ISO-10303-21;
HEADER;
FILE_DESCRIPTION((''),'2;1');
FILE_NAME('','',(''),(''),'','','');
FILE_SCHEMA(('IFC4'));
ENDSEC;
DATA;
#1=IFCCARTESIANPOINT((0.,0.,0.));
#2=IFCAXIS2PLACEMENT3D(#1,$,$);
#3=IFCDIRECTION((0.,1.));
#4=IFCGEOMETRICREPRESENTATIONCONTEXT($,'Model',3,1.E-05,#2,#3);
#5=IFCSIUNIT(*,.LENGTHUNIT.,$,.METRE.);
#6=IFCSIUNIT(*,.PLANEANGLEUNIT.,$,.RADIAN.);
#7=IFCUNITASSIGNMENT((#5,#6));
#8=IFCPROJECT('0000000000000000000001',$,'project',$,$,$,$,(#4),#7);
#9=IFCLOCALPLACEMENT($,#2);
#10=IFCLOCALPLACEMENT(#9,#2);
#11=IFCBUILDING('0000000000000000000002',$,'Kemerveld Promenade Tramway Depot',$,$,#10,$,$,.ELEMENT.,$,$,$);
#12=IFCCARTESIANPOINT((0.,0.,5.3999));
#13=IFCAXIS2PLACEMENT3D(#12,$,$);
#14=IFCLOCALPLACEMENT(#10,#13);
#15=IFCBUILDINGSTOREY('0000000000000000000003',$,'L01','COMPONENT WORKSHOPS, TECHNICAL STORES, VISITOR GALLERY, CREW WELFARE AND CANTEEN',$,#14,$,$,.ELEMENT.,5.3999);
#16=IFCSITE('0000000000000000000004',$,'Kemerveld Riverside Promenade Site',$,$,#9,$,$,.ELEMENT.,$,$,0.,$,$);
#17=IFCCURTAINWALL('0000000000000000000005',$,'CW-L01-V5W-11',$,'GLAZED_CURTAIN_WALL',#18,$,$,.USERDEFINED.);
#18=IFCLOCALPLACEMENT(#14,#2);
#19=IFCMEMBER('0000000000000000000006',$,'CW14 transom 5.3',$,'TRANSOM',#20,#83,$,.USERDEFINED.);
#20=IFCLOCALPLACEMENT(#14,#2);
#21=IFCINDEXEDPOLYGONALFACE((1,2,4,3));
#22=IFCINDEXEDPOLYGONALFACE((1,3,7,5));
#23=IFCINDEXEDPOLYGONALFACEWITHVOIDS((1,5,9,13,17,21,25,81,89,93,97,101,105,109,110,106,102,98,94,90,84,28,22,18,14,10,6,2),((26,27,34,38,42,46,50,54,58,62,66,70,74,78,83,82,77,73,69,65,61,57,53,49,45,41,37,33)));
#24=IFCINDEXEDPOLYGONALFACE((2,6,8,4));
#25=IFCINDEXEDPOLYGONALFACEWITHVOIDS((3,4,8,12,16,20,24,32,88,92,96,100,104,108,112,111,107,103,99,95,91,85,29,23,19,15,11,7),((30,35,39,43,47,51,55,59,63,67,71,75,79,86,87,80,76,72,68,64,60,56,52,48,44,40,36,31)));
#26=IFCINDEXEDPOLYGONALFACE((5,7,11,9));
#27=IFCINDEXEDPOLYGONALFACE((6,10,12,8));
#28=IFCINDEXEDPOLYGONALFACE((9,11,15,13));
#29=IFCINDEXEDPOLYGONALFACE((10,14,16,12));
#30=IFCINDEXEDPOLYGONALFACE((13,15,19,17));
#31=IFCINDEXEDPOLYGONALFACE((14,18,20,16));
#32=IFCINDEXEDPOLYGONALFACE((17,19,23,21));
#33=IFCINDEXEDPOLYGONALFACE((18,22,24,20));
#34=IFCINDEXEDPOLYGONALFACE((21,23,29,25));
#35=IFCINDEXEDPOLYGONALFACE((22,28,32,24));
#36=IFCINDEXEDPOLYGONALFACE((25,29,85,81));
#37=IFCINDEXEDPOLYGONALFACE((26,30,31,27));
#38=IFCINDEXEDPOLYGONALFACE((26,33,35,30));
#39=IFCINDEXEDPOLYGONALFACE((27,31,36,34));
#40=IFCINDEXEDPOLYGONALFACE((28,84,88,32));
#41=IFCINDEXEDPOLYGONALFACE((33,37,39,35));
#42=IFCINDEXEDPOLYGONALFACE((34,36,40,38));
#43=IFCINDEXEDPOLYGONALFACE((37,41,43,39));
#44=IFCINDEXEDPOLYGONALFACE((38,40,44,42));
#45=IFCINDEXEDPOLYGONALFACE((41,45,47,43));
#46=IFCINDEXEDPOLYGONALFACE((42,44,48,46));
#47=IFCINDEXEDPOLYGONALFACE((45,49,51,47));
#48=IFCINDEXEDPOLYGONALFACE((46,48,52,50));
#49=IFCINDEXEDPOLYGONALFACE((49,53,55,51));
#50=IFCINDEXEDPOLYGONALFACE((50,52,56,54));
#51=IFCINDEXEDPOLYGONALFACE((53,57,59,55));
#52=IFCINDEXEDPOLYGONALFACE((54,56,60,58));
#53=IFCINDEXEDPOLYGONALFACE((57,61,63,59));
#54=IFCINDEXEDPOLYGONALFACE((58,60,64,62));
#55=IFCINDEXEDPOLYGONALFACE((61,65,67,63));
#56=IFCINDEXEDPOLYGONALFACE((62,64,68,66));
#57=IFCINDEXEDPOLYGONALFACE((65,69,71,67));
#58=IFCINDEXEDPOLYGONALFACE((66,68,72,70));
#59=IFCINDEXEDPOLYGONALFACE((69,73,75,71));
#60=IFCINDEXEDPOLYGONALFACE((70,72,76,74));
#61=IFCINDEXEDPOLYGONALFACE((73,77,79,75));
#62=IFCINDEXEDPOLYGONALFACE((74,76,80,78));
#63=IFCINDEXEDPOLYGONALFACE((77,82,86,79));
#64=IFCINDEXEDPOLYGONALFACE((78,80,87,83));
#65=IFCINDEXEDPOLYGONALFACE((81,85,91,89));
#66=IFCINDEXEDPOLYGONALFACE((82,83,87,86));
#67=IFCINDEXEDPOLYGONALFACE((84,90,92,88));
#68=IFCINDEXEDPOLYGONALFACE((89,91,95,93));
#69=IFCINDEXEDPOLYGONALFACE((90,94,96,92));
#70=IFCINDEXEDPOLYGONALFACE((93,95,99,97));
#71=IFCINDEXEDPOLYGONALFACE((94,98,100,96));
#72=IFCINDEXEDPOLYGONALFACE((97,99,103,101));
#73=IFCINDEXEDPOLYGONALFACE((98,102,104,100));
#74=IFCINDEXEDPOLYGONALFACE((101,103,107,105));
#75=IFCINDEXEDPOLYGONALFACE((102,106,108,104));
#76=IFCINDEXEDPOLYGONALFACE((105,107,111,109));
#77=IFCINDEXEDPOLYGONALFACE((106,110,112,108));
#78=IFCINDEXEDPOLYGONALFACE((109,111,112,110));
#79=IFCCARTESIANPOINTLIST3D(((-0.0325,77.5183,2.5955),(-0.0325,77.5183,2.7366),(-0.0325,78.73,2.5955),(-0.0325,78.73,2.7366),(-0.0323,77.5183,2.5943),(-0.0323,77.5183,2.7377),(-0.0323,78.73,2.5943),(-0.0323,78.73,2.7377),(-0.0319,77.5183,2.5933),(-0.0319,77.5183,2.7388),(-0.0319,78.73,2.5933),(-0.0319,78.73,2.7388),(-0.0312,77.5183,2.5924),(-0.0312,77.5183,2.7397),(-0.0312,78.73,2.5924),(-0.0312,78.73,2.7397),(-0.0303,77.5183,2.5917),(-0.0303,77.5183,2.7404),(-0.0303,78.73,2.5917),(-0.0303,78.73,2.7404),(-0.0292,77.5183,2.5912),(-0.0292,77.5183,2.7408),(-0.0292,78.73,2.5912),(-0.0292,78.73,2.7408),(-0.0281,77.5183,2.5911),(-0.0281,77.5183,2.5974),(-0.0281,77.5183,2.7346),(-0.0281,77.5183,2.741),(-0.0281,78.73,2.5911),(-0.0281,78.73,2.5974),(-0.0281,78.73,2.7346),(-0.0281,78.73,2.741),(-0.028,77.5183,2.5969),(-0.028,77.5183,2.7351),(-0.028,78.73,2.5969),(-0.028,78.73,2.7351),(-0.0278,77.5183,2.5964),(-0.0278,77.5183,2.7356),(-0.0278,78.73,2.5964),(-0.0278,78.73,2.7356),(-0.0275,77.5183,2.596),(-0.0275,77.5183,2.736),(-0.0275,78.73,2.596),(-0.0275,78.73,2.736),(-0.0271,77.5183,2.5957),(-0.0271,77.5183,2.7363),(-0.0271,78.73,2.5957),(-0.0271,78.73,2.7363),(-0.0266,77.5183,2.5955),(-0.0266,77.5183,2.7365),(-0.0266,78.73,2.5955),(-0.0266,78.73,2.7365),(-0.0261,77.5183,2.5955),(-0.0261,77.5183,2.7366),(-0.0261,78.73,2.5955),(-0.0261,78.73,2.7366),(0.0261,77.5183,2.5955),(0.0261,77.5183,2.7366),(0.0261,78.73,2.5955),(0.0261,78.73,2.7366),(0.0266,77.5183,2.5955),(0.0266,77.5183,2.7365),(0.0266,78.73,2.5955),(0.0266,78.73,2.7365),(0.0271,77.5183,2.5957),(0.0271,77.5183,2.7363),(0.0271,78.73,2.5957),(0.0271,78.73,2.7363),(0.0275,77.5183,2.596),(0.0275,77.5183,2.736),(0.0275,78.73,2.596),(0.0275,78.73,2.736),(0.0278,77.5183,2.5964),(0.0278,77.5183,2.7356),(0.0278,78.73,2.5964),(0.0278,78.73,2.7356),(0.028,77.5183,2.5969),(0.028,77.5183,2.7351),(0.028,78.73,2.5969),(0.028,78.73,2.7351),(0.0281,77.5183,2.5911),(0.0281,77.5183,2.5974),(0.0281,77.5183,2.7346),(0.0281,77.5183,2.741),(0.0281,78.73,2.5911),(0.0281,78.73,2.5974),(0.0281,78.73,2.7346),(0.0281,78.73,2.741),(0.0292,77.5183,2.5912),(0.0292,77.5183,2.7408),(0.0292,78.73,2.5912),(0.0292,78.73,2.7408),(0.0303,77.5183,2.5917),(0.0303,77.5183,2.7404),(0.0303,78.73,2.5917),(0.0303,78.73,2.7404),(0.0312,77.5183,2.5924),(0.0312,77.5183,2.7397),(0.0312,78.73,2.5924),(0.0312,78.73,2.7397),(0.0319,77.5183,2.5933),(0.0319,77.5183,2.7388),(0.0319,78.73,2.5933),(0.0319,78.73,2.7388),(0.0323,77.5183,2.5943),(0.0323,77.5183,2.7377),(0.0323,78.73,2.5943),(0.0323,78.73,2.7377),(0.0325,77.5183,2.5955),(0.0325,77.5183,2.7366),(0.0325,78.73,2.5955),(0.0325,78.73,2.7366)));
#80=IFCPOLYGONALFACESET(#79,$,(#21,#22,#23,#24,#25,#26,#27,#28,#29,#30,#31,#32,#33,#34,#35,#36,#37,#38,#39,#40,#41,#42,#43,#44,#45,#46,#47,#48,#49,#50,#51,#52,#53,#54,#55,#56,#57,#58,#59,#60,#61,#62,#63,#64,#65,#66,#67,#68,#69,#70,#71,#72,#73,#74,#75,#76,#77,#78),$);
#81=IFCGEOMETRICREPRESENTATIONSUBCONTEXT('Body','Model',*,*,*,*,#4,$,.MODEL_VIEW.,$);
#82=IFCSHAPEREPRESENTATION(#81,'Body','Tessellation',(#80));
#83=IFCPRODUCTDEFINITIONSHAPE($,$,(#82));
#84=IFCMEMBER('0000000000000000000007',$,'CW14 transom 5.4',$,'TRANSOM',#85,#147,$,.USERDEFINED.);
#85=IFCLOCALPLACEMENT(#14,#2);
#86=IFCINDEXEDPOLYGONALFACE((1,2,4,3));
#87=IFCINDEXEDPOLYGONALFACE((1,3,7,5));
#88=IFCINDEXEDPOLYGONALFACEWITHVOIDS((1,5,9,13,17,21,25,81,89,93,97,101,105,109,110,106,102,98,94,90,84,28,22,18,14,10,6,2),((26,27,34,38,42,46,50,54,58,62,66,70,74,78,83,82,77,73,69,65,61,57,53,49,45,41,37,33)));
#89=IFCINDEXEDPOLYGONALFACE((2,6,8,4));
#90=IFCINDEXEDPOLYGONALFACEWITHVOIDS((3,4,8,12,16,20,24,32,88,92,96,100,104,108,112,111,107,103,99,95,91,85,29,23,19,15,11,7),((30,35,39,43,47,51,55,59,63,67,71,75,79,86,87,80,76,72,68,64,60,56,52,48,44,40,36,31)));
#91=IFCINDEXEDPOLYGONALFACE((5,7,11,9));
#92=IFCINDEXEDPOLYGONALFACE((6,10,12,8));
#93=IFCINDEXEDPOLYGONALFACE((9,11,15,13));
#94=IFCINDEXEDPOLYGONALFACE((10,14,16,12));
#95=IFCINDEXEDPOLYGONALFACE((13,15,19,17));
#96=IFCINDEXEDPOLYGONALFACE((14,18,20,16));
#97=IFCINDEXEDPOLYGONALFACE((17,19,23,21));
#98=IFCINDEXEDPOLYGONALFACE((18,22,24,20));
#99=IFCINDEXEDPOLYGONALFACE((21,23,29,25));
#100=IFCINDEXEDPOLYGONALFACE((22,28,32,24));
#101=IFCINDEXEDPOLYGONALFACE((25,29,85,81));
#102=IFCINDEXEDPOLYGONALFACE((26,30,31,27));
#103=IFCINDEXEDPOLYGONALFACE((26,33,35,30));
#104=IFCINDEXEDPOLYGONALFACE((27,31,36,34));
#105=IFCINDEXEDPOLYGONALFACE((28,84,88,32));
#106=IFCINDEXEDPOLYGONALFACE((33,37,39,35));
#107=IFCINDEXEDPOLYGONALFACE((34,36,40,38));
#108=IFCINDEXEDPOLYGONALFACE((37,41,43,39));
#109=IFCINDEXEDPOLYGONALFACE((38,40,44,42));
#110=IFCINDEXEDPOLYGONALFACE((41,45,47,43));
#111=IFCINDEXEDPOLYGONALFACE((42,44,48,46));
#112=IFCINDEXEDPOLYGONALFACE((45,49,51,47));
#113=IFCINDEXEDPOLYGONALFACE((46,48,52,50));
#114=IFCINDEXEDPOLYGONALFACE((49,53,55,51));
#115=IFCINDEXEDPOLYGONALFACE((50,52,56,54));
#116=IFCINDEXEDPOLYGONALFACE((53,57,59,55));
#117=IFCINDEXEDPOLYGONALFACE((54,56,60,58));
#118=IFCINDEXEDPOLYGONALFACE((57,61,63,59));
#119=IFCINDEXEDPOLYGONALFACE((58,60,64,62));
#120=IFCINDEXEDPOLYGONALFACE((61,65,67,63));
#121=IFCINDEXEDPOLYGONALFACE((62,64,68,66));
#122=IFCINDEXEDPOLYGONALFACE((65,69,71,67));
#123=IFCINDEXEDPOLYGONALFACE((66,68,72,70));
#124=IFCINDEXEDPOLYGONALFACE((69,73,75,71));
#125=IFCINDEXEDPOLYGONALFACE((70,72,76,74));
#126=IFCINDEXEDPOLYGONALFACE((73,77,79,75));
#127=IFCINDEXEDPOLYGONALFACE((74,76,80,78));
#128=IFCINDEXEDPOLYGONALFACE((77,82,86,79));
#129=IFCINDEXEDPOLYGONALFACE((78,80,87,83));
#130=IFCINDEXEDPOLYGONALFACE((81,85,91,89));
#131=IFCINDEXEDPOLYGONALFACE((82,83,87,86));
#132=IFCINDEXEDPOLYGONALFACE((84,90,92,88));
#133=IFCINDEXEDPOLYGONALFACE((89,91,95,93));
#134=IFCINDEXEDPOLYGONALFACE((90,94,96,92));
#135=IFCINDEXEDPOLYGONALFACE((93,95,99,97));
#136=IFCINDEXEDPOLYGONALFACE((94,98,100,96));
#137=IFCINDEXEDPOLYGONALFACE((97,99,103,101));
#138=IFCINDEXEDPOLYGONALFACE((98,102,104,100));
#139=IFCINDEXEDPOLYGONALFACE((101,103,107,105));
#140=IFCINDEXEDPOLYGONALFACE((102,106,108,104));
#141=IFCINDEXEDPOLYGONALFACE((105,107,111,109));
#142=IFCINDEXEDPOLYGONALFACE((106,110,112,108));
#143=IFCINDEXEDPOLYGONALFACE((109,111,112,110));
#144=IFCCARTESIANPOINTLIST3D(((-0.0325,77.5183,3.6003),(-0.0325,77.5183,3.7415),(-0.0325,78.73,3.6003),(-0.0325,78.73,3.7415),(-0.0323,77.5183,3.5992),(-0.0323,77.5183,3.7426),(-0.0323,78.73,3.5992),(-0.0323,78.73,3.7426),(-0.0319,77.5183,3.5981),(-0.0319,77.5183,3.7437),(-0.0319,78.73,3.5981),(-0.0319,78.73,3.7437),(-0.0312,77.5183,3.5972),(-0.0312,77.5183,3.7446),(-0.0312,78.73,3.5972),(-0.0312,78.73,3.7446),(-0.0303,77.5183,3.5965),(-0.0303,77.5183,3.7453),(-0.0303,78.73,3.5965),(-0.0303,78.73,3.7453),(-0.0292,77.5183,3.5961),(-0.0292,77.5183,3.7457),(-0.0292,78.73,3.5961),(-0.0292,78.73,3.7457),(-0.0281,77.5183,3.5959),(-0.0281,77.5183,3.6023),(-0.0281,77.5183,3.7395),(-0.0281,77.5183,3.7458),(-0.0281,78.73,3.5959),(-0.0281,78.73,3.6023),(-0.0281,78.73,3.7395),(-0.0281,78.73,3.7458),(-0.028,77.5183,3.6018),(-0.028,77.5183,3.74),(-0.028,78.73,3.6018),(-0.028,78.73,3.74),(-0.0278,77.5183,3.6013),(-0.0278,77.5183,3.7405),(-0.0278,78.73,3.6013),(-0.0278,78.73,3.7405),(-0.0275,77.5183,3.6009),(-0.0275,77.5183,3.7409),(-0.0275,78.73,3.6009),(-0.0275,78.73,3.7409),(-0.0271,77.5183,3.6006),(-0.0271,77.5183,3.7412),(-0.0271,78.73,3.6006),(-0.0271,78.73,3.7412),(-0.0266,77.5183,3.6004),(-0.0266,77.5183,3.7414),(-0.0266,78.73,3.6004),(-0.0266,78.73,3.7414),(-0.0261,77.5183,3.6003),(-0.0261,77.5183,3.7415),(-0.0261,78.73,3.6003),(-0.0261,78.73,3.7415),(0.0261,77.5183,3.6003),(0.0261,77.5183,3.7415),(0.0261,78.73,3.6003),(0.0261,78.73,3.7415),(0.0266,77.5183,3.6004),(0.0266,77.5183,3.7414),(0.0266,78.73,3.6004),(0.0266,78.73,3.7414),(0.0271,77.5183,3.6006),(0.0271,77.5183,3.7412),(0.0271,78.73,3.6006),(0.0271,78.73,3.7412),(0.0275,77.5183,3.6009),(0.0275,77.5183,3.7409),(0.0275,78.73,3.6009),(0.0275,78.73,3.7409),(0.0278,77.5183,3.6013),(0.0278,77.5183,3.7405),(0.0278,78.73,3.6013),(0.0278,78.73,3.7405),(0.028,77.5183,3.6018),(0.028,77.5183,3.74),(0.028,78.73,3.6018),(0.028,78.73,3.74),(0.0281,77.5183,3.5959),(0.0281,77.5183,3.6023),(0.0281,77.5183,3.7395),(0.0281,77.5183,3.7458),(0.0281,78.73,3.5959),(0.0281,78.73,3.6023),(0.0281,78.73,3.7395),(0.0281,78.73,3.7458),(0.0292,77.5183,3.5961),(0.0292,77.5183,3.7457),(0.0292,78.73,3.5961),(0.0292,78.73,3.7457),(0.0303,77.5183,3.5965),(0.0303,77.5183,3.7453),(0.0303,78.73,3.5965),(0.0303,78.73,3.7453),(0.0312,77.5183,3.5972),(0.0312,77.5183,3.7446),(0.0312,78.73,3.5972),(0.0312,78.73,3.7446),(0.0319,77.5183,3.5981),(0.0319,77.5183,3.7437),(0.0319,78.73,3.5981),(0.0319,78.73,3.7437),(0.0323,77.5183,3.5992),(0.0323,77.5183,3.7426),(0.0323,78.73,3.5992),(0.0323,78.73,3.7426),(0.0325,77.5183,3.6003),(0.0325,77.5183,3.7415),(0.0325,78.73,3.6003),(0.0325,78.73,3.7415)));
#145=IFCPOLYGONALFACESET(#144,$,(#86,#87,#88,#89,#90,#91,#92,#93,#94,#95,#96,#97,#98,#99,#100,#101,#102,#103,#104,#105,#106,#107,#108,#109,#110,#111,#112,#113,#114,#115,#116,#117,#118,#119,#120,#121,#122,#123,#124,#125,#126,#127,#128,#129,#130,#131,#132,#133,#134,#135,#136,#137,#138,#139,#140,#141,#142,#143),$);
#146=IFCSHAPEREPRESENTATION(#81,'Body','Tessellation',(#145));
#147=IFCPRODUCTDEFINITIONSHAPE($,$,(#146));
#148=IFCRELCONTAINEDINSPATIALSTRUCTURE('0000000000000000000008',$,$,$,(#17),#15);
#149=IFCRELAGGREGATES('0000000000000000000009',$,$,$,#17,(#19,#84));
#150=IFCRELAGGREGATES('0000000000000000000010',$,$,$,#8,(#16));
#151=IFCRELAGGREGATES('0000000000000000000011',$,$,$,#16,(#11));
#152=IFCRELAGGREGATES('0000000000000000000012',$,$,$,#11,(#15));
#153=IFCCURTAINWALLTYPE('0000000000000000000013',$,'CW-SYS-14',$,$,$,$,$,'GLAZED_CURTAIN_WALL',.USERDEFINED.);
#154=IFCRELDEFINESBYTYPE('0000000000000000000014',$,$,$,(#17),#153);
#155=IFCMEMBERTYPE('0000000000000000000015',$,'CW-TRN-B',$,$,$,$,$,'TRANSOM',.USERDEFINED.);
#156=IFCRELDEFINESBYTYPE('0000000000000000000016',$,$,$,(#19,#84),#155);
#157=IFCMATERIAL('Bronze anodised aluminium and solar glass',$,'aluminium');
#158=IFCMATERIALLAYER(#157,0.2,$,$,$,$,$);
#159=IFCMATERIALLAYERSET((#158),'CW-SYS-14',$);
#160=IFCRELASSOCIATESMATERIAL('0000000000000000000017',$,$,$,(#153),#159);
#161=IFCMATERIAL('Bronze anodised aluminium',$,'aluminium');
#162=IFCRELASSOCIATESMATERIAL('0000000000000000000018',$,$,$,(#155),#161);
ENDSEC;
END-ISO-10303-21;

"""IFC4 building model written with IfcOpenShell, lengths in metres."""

from ifc_helpers import new_model, si_unit, direction, frame, origin, origin_2d, place, context, subcontext, project, spatial, hollow_rectangle, extrude, material, layer, layer_set, material_profile, profile_set, type_object, element, aggregate, save


model = new_model("IFC4")

# Units and contexts
model_context = context("Model", 3, precision=1e-05, world=origin(), true_north=direction((0.0, 1.0)))
body_context = subcontext(model_context, "Body", "Model", "MODEL_VIEW")
ifc_project = project(units=[si_unit("LENGTHUNIT", "METRE"), si_unit("PLANEANGLEUNIT", "RADIAN")], contexts=[model_context])

# Site, building, storey
site_placement = place(None, origin())
site = spatial("IfcSite", under=ifc_project, at=site_placement, Name="Kemerveld Riverside Promenade Site", CompositionType="ELEMENT", RefElevation=0.0)
building_placement = place(site_placement, origin())
building = spatial("IfcBuilding", under=site, at=building_placement, Name="Kemerveld Promenade Tramway Depot", CompositionType="ELEMENT")
storey_placement = place(building_placement, frame((0.0, 0.0, 5.3999)))
storey = spatial("IfcBuildingStorey", under=building, at=storey_placement, Name="L01", Description="COMPONENT WORKSHOPS, TECHNICAL STORES, VISITOR GALLERY, CREW WELFARE AND CANTEEN", CompositionType="ELEMENT", Elevation=5.3999)

# Curtain wall
ifc_material_1 = material(Name="Bronze anodised aluminium and solar glass", Category="aluminium")
ifc_layer_1 = layer(ifc_material_1, 0.2)
ifc_layer_set_1 = layer_set([ifc_layer_1], Name="CW-SYS-14")
curtain_wall_type_1 = type_object("IfcCurtainWallType", Name="CW-SYS-14", ElementType="GLAZED_CURTAIN_WALL", PredefinedType="USERDEFINED", material=ifc_layer_set_1)
curtain_wall_1_placement = place(storey_placement, origin())
curtain_wall_1 = element("IfcCurtainWall", 1, at=curtain_wall_1_placement, inside=storey, type_object=curtain_wall_type_1, Name="CW-L01-V5W-11", ObjectType="GLAZED_CURTAIN_WALL", PredefinedType="USERDEFINED")
ifc_material_2 = material(Name="Bronze anodised aluminium", Category="aluminium")

# Members
ifc_material_profile_1 = material_profile(ifc_material_2, hollow_rectangle(XDim=0.0649, YDim=0.1499, WallThickness=0.0044, InnerFilletRadius=0.002, OuterFilletRadius=0.0044, at=origin_2d()), Name="CW-TRN-150x65")
ifc_profile_set_1 = profile_set([ifc_material_profile_1], Name="Bronze anodised aluminium")
member_type_1 = type_object("IfcMemberType", Name="CW-TRN-B", ElementType="TRANSOM", PredefinedType="USERDEFINED", material=ifc_profile_set_1)
member_1_placement = place(storey_placement, frame((0.0, 77.5183, 2.666), z_axis=(0.0, 1.0, 0.0), x_axis=(-1.0, 0.0, 0.0)))
member_1 = element("IfcMember", 2, at=member_1_placement, type_object=member_type_1, Name="CW14 transom 5.3", ObjectType="TRANSOM", PredefinedType="USERDEFINED", context=body_context, shape_type="SweptSolid", body=[
    extrude(hollow_rectangle(XDim=0.0649, YDim=0.1499, WallThickness=0.0044, InnerFilletRadius=0.002, OuterFilletRadius=0.0044, at=origin_2d()), origin(), (0.0, 0.0, 1.0), 1.2117),
])
member_2_placement = place(storey_placement, frame((0.0, 77.5183, 3.6709), z_axis=(0.0, 1.0, 0.0), x_axis=(-1.0, 0.0, 0.0)))
member_2 = element("IfcMember", 3, at=member_2_placement, type_object=member_type_1, Name="CW14 transom 5.4", ObjectType="TRANSOM", PredefinedType="USERDEFINED", context=body_context, shape_type="SweptSolid", body=[
    extrude(hollow_rectangle(XDim=0.0649, YDim=0.1499, WallThickness=0.0044, InnerFilletRadius=0.002, OuterFilletRadius=0.0044, at=origin_2d()), origin(), (0.0, 0.0, 1.0), 1.2117),
])

aggregate(curtain_wall_1, [member_1, member_2])

save(model, "model.ifc")
